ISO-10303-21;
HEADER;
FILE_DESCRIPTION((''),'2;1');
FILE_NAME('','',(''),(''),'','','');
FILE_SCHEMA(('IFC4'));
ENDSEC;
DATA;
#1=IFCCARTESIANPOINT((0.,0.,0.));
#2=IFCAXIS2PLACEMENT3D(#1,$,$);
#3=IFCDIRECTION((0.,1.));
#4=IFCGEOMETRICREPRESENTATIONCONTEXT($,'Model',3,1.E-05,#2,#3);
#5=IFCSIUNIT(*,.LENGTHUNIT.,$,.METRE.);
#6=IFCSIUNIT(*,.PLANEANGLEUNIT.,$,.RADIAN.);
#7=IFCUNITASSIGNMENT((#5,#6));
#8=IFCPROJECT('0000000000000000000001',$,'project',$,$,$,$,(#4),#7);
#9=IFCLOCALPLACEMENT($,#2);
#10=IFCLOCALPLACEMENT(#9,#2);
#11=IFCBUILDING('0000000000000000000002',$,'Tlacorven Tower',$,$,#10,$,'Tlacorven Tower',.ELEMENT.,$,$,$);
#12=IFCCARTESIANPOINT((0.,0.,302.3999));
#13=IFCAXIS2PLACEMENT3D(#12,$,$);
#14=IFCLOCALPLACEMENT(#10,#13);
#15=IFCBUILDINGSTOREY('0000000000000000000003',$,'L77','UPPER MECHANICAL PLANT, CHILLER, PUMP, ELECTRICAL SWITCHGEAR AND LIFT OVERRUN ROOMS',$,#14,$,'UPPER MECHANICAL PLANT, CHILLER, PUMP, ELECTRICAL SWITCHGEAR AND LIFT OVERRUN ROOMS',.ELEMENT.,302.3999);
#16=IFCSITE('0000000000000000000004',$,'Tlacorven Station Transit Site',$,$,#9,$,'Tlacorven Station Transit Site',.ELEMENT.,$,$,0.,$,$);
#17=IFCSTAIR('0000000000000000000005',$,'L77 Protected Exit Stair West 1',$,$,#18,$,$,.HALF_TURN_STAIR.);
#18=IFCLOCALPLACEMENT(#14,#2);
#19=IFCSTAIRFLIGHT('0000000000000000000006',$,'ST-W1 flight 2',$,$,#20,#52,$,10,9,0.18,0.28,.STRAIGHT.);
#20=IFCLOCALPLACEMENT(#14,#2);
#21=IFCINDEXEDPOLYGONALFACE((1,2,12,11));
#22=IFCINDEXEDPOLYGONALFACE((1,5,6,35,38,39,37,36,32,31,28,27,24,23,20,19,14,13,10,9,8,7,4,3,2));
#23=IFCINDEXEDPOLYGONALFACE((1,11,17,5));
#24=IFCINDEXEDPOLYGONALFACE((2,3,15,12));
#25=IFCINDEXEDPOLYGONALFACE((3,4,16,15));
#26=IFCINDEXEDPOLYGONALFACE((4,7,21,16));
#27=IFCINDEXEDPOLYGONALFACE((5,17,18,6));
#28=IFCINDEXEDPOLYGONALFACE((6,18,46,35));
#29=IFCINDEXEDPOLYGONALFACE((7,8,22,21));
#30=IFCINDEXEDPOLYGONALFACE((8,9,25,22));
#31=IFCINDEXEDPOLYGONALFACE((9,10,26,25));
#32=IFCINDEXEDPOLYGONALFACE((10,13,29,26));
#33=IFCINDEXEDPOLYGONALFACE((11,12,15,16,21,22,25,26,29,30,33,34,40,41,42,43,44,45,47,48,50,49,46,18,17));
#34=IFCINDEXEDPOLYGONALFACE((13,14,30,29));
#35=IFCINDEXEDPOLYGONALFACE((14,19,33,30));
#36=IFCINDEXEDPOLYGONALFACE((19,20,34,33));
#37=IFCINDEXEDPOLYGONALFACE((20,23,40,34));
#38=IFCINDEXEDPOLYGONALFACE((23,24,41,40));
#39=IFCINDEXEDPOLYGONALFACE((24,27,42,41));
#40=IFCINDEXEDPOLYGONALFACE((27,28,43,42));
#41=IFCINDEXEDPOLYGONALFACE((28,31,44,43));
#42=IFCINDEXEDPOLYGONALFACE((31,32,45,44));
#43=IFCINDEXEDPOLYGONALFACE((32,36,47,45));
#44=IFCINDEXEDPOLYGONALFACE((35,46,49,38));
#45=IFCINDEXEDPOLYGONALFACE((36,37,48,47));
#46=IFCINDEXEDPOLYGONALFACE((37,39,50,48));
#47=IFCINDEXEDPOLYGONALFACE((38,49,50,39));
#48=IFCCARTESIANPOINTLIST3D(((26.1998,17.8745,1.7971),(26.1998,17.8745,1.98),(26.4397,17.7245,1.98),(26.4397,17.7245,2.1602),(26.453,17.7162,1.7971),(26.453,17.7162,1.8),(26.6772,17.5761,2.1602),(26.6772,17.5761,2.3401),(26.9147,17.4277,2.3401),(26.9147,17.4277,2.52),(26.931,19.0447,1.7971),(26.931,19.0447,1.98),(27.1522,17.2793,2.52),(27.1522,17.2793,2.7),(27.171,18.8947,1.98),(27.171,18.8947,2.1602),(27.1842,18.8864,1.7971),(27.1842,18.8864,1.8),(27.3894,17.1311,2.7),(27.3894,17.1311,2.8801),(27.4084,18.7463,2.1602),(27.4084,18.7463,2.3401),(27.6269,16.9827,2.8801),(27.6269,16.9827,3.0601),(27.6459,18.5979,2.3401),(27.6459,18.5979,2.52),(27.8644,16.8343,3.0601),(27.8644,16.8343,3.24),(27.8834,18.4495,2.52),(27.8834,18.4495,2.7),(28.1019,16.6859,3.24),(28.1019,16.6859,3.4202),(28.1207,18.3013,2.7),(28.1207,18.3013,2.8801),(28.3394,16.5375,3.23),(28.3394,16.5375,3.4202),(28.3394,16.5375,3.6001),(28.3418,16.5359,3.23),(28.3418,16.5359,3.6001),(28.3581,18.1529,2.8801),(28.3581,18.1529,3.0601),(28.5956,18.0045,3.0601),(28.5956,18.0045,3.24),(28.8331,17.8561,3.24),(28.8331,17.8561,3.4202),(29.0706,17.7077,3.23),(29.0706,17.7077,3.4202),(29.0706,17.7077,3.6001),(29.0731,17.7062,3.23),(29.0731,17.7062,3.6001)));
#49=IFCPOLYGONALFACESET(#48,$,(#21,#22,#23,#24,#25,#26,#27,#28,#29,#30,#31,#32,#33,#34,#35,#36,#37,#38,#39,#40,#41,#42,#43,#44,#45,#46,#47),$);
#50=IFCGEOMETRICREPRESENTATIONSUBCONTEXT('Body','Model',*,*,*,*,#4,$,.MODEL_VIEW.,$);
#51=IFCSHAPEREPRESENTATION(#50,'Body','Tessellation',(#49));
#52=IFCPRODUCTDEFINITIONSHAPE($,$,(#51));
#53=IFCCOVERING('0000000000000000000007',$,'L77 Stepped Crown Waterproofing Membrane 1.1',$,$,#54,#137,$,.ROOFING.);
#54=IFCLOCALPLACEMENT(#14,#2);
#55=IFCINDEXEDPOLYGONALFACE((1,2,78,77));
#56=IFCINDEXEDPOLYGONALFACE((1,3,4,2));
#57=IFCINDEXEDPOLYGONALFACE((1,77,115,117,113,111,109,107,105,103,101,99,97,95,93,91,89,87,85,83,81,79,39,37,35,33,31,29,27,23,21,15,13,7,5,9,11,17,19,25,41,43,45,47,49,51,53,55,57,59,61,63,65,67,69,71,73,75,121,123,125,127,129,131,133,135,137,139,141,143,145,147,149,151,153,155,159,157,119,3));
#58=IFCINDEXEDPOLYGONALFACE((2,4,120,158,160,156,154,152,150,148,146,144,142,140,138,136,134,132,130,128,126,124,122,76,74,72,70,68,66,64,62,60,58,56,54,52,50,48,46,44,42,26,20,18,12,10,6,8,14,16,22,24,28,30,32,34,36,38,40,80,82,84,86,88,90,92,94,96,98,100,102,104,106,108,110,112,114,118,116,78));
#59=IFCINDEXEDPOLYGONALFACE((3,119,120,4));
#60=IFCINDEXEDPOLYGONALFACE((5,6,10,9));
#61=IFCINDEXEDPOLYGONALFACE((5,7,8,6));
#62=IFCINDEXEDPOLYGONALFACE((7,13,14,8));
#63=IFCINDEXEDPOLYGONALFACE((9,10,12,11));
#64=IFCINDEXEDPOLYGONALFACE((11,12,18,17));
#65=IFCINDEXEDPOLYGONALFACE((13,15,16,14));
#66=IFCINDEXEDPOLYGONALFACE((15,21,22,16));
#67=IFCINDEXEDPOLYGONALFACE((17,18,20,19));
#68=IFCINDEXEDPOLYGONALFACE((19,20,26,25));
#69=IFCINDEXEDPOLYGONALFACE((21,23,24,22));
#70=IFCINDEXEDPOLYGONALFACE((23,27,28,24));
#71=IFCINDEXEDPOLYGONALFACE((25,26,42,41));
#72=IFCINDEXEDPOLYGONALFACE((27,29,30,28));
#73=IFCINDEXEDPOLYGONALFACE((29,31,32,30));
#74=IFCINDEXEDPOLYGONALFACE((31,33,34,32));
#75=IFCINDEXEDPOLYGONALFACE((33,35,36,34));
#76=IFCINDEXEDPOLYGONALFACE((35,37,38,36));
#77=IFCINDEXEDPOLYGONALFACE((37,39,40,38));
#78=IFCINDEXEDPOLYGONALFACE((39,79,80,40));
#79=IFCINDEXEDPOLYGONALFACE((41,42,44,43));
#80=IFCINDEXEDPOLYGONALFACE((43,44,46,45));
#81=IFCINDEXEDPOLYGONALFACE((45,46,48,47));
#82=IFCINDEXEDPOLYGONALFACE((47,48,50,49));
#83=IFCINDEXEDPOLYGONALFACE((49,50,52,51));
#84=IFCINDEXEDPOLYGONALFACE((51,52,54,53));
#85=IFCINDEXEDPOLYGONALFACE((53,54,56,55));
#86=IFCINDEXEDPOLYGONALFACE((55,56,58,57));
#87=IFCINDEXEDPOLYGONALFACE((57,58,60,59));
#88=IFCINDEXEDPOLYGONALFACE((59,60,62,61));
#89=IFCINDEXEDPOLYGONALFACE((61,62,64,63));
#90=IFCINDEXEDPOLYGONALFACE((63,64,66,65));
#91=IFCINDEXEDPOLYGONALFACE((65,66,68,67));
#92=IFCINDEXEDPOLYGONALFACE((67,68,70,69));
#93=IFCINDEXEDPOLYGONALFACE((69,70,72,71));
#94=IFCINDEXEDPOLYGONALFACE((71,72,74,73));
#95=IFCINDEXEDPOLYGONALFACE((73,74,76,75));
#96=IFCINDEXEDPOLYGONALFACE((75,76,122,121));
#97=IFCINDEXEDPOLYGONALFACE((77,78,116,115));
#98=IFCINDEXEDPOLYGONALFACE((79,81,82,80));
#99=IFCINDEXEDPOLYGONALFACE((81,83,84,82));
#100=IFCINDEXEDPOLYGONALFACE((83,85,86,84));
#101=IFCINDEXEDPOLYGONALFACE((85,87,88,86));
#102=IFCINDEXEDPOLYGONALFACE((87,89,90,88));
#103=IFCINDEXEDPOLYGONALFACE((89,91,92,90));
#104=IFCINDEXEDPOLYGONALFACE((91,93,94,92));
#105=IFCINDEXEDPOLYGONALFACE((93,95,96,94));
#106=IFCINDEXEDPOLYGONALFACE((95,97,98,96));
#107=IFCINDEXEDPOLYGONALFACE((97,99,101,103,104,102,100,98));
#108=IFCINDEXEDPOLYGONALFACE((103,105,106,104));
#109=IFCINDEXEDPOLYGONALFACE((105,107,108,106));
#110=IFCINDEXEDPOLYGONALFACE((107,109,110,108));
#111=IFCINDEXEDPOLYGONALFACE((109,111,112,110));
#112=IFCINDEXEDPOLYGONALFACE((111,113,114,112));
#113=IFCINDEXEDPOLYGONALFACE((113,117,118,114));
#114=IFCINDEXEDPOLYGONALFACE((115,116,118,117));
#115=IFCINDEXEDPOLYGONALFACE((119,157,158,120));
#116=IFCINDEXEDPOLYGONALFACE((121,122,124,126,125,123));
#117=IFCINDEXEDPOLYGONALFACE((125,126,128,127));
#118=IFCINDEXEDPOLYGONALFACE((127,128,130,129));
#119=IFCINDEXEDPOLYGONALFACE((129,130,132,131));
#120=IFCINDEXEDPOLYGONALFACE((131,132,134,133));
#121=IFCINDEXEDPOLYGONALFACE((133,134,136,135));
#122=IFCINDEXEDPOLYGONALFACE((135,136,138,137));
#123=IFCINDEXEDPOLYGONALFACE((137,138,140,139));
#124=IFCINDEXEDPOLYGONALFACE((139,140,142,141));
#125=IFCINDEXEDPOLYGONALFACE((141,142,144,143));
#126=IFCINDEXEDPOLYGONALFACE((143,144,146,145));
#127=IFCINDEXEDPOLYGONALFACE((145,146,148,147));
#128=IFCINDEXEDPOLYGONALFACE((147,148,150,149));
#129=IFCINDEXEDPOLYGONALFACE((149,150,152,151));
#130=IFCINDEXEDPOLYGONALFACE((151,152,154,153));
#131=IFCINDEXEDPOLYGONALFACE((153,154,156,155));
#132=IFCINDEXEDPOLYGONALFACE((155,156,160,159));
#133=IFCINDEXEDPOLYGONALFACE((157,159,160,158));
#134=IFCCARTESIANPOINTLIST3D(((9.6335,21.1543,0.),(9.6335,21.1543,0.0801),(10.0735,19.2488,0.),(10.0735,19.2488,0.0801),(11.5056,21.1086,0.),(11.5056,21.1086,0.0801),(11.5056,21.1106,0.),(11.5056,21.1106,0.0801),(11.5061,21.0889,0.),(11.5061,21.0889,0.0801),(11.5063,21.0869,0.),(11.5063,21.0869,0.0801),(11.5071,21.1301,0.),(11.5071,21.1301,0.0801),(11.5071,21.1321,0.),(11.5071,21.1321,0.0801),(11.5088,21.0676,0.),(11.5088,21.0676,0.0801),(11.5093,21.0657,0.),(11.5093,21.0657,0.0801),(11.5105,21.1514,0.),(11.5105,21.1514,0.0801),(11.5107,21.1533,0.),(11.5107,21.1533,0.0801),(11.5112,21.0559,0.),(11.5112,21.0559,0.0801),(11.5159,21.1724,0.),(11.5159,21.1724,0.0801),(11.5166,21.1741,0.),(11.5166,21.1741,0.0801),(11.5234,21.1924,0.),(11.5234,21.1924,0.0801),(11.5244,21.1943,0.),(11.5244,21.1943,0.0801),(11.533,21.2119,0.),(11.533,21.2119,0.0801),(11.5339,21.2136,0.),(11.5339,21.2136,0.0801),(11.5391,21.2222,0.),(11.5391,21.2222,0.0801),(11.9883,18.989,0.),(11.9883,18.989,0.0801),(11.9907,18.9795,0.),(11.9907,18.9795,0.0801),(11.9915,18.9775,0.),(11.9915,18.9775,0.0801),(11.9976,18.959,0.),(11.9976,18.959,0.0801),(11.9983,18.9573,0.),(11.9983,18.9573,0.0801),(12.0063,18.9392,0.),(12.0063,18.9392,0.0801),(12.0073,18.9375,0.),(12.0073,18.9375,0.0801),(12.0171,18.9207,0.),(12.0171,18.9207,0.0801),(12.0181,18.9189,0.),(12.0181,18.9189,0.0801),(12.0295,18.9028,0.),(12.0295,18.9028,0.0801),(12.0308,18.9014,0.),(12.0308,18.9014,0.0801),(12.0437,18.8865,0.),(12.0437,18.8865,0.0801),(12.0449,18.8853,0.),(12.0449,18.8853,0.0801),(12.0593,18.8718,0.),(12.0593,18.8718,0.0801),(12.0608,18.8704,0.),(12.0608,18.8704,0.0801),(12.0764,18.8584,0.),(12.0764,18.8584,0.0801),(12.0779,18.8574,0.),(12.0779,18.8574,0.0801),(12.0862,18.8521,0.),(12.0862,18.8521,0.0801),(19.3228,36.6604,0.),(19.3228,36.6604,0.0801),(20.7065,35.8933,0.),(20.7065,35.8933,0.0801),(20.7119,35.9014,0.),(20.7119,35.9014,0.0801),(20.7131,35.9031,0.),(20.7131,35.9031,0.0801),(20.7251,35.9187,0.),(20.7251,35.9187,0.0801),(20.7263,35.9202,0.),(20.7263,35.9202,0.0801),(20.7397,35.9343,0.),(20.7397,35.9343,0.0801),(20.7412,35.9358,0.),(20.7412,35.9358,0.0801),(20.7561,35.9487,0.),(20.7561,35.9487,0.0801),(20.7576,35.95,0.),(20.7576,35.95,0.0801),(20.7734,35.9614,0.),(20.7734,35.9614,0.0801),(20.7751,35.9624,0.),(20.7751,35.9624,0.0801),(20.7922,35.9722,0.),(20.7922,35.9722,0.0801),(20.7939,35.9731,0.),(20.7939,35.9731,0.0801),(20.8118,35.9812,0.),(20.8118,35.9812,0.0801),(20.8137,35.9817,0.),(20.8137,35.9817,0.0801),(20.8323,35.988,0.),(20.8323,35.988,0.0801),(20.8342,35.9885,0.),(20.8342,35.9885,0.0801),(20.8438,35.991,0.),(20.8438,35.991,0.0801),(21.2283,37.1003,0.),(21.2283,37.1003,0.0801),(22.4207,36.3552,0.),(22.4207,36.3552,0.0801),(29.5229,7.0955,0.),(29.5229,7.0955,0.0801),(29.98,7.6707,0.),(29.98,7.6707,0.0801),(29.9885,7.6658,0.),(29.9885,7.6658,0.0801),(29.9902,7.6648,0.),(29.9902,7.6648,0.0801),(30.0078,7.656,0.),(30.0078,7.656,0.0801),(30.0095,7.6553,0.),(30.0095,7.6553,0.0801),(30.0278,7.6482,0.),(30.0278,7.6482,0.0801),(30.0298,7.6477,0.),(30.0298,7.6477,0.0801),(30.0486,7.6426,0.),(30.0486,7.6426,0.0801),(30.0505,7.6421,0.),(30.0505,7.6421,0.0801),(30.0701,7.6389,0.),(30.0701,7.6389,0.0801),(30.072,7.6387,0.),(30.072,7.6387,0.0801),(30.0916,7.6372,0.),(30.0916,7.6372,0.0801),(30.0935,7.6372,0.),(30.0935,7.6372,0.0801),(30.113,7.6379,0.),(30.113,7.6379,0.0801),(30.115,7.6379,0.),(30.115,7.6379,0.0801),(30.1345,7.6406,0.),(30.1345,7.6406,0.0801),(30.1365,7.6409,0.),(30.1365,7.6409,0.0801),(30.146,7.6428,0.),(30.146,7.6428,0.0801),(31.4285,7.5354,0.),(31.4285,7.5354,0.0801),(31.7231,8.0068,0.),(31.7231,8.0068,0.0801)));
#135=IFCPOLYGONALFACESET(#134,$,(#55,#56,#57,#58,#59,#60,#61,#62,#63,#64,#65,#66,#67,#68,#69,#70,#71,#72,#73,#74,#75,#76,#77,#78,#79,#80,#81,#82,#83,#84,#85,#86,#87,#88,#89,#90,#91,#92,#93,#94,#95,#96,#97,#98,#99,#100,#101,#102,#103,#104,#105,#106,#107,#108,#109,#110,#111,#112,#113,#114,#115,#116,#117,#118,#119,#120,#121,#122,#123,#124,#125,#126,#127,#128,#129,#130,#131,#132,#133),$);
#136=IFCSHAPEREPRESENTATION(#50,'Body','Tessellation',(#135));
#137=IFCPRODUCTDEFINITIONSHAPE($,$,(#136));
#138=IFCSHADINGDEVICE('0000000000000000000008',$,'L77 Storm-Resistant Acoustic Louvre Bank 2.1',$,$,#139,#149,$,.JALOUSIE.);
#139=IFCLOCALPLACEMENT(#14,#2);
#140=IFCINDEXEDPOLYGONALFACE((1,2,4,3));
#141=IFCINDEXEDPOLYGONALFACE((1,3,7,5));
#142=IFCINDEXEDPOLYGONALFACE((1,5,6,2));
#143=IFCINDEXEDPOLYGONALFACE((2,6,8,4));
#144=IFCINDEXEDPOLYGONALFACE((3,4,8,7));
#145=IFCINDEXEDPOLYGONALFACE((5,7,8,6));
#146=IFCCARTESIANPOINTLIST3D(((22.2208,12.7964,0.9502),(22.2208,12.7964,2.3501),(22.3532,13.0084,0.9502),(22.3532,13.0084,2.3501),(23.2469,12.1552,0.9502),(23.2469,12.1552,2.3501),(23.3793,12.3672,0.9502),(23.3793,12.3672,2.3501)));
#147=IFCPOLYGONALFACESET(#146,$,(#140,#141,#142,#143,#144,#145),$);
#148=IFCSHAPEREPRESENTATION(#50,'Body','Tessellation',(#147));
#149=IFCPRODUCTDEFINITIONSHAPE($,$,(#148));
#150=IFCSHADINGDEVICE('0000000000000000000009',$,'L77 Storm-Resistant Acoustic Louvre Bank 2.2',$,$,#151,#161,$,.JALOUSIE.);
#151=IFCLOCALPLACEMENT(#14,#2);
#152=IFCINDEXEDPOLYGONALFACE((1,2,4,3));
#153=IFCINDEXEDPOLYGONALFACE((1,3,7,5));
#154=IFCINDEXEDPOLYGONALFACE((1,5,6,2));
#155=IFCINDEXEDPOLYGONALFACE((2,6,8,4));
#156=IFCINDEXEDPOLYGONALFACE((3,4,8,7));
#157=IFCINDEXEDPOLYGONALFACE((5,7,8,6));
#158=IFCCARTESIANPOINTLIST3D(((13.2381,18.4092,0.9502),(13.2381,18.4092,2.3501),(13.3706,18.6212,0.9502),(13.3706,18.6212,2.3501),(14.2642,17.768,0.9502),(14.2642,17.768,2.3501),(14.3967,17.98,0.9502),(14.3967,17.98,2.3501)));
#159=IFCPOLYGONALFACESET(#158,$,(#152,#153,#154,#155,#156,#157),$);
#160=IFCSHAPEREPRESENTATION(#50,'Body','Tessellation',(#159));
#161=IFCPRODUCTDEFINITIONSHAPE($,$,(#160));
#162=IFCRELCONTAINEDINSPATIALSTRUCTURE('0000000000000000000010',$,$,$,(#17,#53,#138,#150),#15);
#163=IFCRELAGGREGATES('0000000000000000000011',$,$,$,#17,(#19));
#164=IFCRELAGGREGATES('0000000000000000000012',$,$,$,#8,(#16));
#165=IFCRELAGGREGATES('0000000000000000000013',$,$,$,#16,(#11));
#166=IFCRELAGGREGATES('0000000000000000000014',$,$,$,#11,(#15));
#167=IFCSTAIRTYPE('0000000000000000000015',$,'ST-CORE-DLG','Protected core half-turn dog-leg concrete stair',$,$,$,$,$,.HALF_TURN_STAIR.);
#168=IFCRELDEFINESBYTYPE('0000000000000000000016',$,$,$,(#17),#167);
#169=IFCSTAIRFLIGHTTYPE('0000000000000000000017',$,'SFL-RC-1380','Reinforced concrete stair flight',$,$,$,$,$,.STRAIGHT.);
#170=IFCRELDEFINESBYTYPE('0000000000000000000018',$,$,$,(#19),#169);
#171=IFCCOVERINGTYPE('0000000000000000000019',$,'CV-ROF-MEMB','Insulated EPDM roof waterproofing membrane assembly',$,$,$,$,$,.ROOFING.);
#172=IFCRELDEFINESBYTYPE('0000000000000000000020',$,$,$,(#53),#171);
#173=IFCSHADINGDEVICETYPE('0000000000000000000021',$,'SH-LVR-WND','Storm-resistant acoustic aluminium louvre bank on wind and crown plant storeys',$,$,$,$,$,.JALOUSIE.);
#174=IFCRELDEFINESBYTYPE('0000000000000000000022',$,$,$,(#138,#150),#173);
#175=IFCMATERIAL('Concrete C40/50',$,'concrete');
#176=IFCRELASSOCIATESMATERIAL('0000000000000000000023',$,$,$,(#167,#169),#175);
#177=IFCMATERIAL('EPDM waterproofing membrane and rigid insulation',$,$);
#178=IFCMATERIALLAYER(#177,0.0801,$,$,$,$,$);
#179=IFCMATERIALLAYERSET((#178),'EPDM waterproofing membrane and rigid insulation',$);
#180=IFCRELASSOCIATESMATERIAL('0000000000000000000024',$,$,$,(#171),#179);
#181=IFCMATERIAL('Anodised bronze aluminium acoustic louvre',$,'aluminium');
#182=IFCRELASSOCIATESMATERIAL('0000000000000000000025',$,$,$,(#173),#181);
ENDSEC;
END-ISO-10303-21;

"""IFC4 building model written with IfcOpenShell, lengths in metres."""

from ifc_helpers import new_model, si_unit, direction, frame, origin, origin_2d, place, context, subcontext, project, spatial, polyline, rectangle, outline, extrude, source, transform, mapped, material, layer, layer_set, type_object, element, aggregate, save


model = new_model("IFC4")

# Units and contexts
model_context = context("Model", 3, precision=1e-05, world=origin(), true_north=direction((0.0, 1.0)))
body_context = subcontext(model_context, "Body", "Model", "MODEL_VIEW")
ifc_project = project(units=[si_unit("LENGTHUNIT", "METRE"), si_unit("PLANEANGLEUNIT", "RADIAN")], contexts=[model_context])

# Site, building, storey
site_placement = place(None, origin())
site = spatial("IfcSite", under=ifc_project, at=site_placement, Name="Tlacorven Station Transit Site", LongName="Tlacorven Station Transit Site", CompositionType="ELEMENT", RefElevation=0.0)
building_placement = place(site_placement, origin())
building = spatial("IfcBuilding", under=site, at=building_placement, Name="Tlacorven Tower", LongName="Tlacorven Tower", CompositionType="ELEMENT")
storey_placement = place(building_placement, frame((0.0, 0.0, 302.3999)))
storey = spatial("IfcBuildingStorey", under=building, at=storey_placement, Name="L77", Description="UPPER MECHANICAL PLANT, CHILLER, PUMP, ELECTRICAL SWITCHGEAR AND LIFT OVERRUN ROOMS", LongName="UPPER MECHANICAL PLANT, CHILLER, PUMP, ELECTRICAL SWITCHGEAR AND LIFT OVERRUN ROOMS", CompositionType="ELEMENT", Elevation=302.3999)

# Stair
ifc_material_1 = material(Name="Concrete C40/50", Category="concrete")
stair_type = type_object("IfcStairType", Name="ST-CORE-DLG", Description="Protected core half-turn dog-leg concrete stair", PredefinedType="HALF_TURN_STAIR", material=ifc_material_1)
stair_1_placement = place(storey_placement, origin())
stair_1 = element("IfcStair", 1, at=stair_1_placement, inside=storey, type_object=stair_type, Name="L77 Protected Exit Stair West 1", PredefinedType="HALF_TURN_STAIR")

# Stair flight
stair_flight_type = type_object("IfcStairFlightType", Name="SFL-RC-1380", Description="Reinforced concrete stair flight", PredefinedType="STRAIGHT", material=ifc_material_1)
shared_shape_1 = source(origin(), body_context, "Body", "SweptSolid", [
    extrude(outline(polyline([(-0.0029, -0.0029), (-0.0029, 0.1799), (0.28, 0.1799), (0.28, 0.3601), (0.5601, 0.3601), (0.5601, 0.54), (0.8401, 0.54), (0.8401, 0.72), (1.1201, 0.72), (1.1201, 0.8999), (1.3999, 0.8999), (1.3999, 1.0801), (1.6799, 1.0801), (1.6799, 1.26), (1.96, 1.26), (1.96, 1.4399), (2.24, 1.4399), (2.24, 1.6201), (2.52, 1.6201), (2.52, 1.8), (2.5229, 1.8), (2.5229, 1.4299), (2.52, 1.4299), (0.2957, 0.0), (0.2957, -0.0029), (-0.0029, -0.0029)])), frame((0.0, 0.6899, 0.0), z_axis=(0.0, -1.0, 0.0), x_axis=(1.0, 0.0, 0.0)), (0.0, 0.0, 1.0), 1.3799),
])
stair_flight_placement = place(storey_placement, frame((26.5679, 18.458, 1.8), z_axis=(0.0, 0.0, 1.0), x_axis=(0.848048, -0.529919, 0.0)))
stair_flight = element("IfcStairFlight", 2, at=stair_flight_placement, type_object=stair_flight_type, Name="ST-W1 flight 2", NumberOfRisers=10, NumberOfTreads=9, PredefinedType="STRAIGHT", RiserHeight=0.18, TreadLength=0.28, context=body_context, shape_type="MappedRepresentation", body=[
    mapped(shared_shape_1, transform((0.0, 0.0, 0.0), scale=1.0)),
])
aggregate(stair_1, [stair_flight])

# Covering
ifc_material_2 = material(Name="EPDM waterproofing membrane and rigid insulation")
ifc_layer_1 = layer(ifc_material_2, 0.0801)
ifc_layer_set_1 = layer_set([ifc_layer_1], Name="EPDM waterproofing membrane and rigid insulation")
covering_type = type_object("IfcCoveringType", Name="CV-ROF-MEMB", Description="Insulated EPDM roof waterproofing membrane assembly", PredefinedType="ROOFING", material=ifc_layer_set_1)
covering_placement = place(storey_placement, origin())
element("IfcCovering", 3, at=covering_placement, inside=storey, type_object=covering_type, Name="L77 Stepped Crown Waterproofing Membrane 1.1", PredefinedType="ROOFING", context=body_context, shape_type="SweptSolid", body=[
    extrude(outline(polyline([(31.4285, 7.5354), (29.5229, 7.0955), (10.0735, 19.2488), (9.6335, 21.1543), (19.3228, 36.6604), (21.2283, 37.1003), (22.4207, 36.3552), (20.8438, 35.991), (20.8342, 35.9885), (20.8323, 35.988), (20.8137, 35.9817), (20.8118, 35.9812), (20.7939, 35.9731), (20.7922, 35.9722), (20.7751, 35.9624), (20.7734, 35.9614), (20.7576, 35.95), (20.7561, 35.9487), (20.7412, 35.9358), (20.7397, 35.9343), (20.7263, 35.9202), (20.7251, 35.9187), (20.7131, 35.9031), (20.7119, 35.9014), (20.7065, 35.8933), (11.5391, 21.2222), (11.5339, 21.2136), (11.533, 21.2119), (11.5244, 21.1943), (11.5234, 21.1924), (11.5166, 21.1741), (11.5159, 21.1724), (11.5107, 21.1533), (11.5105, 21.1514), (11.5071, 21.1321), (11.5071, 21.1301), (11.5056, 21.1106), (11.5056, 21.1086), (11.5061, 21.0889), (11.5063, 21.0869), (11.5088, 21.0676), (11.5093, 21.0657), (11.5112, 21.0559), (11.9883, 18.989), (11.9907, 18.9795), (11.9915, 18.9775), (11.9976, 18.959), (11.9983, 18.9573), (12.0063, 18.9392), (12.0073, 18.9375), (12.0171, 18.9207), (12.0181, 18.9189), (12.0295, 18.9028), (12.0308, 18.9014), (12.0437, 18.8865), (12.0449, 18.8853), (12.0593, 18.8718), (12.0608, 18.8704), (12.0764, 18.8584), (12.0779, 18.8574), (12.0862, 18.8521), (29.98, 7.6707), (29.9885, 7.6658), (29.9902, 7.6648), (30.0078, 7.656), (30.0095, 7.6553), (30.0278, 7.6482), (30.0298, 7.6477), (30.0486, 7.6426), (30.0505, 7.6421), (30.0701, 7.6389), (30.072, 7.6387), (30.0916, 7.6372), (30.0935, 7.6372), (30.113, 7.6379), (30.115, 7.6379), (30.1345, 7.6406), (30.1365, 7.6409), (30.146, 7.6428), (31.7231, 8.0068), (31.4285, 7.5354)])), origin(), (0.0, 0.0, 1.0), 0.0801),
])

# Shading devices
ifc_material_3 = material(Name="Anodised bronze aluminium acoustic louvre", Category="aluminium")
shading_device_type = type_object("IfcShadingDeviceType", Name="SH-LVR-WND", Description="Storm-resistant acoustic aluminium louvre bank on wind and crown plant storeys", PredefinedType="JALOUSIE", material=ifc_material_3)
shared_shape_2 = source(origin(), body_context, "Body", "SweptSolid", [
    extrude(rectangle(XDim=1.21, YDim=0.25, at=origin_2d()), origin(), (0.0, 0.0, 1.0), 1.3999),
])
for number, where, z_axis, x_axis, name in (
    (4, (22.8, 12.5818, 0.9502), (0.0, 0.0, 1.0), (-0.848048, 0.529919, 0.0), "L77 Storm-Resistant Acoustic Louvre Bank 2.1"),
    (5, (13.8174, 18.1946, 0.9502), (0.0, 0.0, 1.0), (-0.848048, 0.529919, 0.0), "L77 Storm-Resistant Acoustic Louvre Bank 2.2"),
):
    element("IfcShadingDevice", number, at=place(storey_placement, frame(where, z_axis=z_axis, x_axis=x_axis)), inside=storey, type_object=shading_device_type, Name=name, PredefinedType="JALOUSIE", context=body_context, shape_type="MappedRepresentation", body=[
        mapped(shared_shape_2, transform((0.0, 0.0, 0.0), scale=1.0)),
    ])

save(model, "model.ifc")
